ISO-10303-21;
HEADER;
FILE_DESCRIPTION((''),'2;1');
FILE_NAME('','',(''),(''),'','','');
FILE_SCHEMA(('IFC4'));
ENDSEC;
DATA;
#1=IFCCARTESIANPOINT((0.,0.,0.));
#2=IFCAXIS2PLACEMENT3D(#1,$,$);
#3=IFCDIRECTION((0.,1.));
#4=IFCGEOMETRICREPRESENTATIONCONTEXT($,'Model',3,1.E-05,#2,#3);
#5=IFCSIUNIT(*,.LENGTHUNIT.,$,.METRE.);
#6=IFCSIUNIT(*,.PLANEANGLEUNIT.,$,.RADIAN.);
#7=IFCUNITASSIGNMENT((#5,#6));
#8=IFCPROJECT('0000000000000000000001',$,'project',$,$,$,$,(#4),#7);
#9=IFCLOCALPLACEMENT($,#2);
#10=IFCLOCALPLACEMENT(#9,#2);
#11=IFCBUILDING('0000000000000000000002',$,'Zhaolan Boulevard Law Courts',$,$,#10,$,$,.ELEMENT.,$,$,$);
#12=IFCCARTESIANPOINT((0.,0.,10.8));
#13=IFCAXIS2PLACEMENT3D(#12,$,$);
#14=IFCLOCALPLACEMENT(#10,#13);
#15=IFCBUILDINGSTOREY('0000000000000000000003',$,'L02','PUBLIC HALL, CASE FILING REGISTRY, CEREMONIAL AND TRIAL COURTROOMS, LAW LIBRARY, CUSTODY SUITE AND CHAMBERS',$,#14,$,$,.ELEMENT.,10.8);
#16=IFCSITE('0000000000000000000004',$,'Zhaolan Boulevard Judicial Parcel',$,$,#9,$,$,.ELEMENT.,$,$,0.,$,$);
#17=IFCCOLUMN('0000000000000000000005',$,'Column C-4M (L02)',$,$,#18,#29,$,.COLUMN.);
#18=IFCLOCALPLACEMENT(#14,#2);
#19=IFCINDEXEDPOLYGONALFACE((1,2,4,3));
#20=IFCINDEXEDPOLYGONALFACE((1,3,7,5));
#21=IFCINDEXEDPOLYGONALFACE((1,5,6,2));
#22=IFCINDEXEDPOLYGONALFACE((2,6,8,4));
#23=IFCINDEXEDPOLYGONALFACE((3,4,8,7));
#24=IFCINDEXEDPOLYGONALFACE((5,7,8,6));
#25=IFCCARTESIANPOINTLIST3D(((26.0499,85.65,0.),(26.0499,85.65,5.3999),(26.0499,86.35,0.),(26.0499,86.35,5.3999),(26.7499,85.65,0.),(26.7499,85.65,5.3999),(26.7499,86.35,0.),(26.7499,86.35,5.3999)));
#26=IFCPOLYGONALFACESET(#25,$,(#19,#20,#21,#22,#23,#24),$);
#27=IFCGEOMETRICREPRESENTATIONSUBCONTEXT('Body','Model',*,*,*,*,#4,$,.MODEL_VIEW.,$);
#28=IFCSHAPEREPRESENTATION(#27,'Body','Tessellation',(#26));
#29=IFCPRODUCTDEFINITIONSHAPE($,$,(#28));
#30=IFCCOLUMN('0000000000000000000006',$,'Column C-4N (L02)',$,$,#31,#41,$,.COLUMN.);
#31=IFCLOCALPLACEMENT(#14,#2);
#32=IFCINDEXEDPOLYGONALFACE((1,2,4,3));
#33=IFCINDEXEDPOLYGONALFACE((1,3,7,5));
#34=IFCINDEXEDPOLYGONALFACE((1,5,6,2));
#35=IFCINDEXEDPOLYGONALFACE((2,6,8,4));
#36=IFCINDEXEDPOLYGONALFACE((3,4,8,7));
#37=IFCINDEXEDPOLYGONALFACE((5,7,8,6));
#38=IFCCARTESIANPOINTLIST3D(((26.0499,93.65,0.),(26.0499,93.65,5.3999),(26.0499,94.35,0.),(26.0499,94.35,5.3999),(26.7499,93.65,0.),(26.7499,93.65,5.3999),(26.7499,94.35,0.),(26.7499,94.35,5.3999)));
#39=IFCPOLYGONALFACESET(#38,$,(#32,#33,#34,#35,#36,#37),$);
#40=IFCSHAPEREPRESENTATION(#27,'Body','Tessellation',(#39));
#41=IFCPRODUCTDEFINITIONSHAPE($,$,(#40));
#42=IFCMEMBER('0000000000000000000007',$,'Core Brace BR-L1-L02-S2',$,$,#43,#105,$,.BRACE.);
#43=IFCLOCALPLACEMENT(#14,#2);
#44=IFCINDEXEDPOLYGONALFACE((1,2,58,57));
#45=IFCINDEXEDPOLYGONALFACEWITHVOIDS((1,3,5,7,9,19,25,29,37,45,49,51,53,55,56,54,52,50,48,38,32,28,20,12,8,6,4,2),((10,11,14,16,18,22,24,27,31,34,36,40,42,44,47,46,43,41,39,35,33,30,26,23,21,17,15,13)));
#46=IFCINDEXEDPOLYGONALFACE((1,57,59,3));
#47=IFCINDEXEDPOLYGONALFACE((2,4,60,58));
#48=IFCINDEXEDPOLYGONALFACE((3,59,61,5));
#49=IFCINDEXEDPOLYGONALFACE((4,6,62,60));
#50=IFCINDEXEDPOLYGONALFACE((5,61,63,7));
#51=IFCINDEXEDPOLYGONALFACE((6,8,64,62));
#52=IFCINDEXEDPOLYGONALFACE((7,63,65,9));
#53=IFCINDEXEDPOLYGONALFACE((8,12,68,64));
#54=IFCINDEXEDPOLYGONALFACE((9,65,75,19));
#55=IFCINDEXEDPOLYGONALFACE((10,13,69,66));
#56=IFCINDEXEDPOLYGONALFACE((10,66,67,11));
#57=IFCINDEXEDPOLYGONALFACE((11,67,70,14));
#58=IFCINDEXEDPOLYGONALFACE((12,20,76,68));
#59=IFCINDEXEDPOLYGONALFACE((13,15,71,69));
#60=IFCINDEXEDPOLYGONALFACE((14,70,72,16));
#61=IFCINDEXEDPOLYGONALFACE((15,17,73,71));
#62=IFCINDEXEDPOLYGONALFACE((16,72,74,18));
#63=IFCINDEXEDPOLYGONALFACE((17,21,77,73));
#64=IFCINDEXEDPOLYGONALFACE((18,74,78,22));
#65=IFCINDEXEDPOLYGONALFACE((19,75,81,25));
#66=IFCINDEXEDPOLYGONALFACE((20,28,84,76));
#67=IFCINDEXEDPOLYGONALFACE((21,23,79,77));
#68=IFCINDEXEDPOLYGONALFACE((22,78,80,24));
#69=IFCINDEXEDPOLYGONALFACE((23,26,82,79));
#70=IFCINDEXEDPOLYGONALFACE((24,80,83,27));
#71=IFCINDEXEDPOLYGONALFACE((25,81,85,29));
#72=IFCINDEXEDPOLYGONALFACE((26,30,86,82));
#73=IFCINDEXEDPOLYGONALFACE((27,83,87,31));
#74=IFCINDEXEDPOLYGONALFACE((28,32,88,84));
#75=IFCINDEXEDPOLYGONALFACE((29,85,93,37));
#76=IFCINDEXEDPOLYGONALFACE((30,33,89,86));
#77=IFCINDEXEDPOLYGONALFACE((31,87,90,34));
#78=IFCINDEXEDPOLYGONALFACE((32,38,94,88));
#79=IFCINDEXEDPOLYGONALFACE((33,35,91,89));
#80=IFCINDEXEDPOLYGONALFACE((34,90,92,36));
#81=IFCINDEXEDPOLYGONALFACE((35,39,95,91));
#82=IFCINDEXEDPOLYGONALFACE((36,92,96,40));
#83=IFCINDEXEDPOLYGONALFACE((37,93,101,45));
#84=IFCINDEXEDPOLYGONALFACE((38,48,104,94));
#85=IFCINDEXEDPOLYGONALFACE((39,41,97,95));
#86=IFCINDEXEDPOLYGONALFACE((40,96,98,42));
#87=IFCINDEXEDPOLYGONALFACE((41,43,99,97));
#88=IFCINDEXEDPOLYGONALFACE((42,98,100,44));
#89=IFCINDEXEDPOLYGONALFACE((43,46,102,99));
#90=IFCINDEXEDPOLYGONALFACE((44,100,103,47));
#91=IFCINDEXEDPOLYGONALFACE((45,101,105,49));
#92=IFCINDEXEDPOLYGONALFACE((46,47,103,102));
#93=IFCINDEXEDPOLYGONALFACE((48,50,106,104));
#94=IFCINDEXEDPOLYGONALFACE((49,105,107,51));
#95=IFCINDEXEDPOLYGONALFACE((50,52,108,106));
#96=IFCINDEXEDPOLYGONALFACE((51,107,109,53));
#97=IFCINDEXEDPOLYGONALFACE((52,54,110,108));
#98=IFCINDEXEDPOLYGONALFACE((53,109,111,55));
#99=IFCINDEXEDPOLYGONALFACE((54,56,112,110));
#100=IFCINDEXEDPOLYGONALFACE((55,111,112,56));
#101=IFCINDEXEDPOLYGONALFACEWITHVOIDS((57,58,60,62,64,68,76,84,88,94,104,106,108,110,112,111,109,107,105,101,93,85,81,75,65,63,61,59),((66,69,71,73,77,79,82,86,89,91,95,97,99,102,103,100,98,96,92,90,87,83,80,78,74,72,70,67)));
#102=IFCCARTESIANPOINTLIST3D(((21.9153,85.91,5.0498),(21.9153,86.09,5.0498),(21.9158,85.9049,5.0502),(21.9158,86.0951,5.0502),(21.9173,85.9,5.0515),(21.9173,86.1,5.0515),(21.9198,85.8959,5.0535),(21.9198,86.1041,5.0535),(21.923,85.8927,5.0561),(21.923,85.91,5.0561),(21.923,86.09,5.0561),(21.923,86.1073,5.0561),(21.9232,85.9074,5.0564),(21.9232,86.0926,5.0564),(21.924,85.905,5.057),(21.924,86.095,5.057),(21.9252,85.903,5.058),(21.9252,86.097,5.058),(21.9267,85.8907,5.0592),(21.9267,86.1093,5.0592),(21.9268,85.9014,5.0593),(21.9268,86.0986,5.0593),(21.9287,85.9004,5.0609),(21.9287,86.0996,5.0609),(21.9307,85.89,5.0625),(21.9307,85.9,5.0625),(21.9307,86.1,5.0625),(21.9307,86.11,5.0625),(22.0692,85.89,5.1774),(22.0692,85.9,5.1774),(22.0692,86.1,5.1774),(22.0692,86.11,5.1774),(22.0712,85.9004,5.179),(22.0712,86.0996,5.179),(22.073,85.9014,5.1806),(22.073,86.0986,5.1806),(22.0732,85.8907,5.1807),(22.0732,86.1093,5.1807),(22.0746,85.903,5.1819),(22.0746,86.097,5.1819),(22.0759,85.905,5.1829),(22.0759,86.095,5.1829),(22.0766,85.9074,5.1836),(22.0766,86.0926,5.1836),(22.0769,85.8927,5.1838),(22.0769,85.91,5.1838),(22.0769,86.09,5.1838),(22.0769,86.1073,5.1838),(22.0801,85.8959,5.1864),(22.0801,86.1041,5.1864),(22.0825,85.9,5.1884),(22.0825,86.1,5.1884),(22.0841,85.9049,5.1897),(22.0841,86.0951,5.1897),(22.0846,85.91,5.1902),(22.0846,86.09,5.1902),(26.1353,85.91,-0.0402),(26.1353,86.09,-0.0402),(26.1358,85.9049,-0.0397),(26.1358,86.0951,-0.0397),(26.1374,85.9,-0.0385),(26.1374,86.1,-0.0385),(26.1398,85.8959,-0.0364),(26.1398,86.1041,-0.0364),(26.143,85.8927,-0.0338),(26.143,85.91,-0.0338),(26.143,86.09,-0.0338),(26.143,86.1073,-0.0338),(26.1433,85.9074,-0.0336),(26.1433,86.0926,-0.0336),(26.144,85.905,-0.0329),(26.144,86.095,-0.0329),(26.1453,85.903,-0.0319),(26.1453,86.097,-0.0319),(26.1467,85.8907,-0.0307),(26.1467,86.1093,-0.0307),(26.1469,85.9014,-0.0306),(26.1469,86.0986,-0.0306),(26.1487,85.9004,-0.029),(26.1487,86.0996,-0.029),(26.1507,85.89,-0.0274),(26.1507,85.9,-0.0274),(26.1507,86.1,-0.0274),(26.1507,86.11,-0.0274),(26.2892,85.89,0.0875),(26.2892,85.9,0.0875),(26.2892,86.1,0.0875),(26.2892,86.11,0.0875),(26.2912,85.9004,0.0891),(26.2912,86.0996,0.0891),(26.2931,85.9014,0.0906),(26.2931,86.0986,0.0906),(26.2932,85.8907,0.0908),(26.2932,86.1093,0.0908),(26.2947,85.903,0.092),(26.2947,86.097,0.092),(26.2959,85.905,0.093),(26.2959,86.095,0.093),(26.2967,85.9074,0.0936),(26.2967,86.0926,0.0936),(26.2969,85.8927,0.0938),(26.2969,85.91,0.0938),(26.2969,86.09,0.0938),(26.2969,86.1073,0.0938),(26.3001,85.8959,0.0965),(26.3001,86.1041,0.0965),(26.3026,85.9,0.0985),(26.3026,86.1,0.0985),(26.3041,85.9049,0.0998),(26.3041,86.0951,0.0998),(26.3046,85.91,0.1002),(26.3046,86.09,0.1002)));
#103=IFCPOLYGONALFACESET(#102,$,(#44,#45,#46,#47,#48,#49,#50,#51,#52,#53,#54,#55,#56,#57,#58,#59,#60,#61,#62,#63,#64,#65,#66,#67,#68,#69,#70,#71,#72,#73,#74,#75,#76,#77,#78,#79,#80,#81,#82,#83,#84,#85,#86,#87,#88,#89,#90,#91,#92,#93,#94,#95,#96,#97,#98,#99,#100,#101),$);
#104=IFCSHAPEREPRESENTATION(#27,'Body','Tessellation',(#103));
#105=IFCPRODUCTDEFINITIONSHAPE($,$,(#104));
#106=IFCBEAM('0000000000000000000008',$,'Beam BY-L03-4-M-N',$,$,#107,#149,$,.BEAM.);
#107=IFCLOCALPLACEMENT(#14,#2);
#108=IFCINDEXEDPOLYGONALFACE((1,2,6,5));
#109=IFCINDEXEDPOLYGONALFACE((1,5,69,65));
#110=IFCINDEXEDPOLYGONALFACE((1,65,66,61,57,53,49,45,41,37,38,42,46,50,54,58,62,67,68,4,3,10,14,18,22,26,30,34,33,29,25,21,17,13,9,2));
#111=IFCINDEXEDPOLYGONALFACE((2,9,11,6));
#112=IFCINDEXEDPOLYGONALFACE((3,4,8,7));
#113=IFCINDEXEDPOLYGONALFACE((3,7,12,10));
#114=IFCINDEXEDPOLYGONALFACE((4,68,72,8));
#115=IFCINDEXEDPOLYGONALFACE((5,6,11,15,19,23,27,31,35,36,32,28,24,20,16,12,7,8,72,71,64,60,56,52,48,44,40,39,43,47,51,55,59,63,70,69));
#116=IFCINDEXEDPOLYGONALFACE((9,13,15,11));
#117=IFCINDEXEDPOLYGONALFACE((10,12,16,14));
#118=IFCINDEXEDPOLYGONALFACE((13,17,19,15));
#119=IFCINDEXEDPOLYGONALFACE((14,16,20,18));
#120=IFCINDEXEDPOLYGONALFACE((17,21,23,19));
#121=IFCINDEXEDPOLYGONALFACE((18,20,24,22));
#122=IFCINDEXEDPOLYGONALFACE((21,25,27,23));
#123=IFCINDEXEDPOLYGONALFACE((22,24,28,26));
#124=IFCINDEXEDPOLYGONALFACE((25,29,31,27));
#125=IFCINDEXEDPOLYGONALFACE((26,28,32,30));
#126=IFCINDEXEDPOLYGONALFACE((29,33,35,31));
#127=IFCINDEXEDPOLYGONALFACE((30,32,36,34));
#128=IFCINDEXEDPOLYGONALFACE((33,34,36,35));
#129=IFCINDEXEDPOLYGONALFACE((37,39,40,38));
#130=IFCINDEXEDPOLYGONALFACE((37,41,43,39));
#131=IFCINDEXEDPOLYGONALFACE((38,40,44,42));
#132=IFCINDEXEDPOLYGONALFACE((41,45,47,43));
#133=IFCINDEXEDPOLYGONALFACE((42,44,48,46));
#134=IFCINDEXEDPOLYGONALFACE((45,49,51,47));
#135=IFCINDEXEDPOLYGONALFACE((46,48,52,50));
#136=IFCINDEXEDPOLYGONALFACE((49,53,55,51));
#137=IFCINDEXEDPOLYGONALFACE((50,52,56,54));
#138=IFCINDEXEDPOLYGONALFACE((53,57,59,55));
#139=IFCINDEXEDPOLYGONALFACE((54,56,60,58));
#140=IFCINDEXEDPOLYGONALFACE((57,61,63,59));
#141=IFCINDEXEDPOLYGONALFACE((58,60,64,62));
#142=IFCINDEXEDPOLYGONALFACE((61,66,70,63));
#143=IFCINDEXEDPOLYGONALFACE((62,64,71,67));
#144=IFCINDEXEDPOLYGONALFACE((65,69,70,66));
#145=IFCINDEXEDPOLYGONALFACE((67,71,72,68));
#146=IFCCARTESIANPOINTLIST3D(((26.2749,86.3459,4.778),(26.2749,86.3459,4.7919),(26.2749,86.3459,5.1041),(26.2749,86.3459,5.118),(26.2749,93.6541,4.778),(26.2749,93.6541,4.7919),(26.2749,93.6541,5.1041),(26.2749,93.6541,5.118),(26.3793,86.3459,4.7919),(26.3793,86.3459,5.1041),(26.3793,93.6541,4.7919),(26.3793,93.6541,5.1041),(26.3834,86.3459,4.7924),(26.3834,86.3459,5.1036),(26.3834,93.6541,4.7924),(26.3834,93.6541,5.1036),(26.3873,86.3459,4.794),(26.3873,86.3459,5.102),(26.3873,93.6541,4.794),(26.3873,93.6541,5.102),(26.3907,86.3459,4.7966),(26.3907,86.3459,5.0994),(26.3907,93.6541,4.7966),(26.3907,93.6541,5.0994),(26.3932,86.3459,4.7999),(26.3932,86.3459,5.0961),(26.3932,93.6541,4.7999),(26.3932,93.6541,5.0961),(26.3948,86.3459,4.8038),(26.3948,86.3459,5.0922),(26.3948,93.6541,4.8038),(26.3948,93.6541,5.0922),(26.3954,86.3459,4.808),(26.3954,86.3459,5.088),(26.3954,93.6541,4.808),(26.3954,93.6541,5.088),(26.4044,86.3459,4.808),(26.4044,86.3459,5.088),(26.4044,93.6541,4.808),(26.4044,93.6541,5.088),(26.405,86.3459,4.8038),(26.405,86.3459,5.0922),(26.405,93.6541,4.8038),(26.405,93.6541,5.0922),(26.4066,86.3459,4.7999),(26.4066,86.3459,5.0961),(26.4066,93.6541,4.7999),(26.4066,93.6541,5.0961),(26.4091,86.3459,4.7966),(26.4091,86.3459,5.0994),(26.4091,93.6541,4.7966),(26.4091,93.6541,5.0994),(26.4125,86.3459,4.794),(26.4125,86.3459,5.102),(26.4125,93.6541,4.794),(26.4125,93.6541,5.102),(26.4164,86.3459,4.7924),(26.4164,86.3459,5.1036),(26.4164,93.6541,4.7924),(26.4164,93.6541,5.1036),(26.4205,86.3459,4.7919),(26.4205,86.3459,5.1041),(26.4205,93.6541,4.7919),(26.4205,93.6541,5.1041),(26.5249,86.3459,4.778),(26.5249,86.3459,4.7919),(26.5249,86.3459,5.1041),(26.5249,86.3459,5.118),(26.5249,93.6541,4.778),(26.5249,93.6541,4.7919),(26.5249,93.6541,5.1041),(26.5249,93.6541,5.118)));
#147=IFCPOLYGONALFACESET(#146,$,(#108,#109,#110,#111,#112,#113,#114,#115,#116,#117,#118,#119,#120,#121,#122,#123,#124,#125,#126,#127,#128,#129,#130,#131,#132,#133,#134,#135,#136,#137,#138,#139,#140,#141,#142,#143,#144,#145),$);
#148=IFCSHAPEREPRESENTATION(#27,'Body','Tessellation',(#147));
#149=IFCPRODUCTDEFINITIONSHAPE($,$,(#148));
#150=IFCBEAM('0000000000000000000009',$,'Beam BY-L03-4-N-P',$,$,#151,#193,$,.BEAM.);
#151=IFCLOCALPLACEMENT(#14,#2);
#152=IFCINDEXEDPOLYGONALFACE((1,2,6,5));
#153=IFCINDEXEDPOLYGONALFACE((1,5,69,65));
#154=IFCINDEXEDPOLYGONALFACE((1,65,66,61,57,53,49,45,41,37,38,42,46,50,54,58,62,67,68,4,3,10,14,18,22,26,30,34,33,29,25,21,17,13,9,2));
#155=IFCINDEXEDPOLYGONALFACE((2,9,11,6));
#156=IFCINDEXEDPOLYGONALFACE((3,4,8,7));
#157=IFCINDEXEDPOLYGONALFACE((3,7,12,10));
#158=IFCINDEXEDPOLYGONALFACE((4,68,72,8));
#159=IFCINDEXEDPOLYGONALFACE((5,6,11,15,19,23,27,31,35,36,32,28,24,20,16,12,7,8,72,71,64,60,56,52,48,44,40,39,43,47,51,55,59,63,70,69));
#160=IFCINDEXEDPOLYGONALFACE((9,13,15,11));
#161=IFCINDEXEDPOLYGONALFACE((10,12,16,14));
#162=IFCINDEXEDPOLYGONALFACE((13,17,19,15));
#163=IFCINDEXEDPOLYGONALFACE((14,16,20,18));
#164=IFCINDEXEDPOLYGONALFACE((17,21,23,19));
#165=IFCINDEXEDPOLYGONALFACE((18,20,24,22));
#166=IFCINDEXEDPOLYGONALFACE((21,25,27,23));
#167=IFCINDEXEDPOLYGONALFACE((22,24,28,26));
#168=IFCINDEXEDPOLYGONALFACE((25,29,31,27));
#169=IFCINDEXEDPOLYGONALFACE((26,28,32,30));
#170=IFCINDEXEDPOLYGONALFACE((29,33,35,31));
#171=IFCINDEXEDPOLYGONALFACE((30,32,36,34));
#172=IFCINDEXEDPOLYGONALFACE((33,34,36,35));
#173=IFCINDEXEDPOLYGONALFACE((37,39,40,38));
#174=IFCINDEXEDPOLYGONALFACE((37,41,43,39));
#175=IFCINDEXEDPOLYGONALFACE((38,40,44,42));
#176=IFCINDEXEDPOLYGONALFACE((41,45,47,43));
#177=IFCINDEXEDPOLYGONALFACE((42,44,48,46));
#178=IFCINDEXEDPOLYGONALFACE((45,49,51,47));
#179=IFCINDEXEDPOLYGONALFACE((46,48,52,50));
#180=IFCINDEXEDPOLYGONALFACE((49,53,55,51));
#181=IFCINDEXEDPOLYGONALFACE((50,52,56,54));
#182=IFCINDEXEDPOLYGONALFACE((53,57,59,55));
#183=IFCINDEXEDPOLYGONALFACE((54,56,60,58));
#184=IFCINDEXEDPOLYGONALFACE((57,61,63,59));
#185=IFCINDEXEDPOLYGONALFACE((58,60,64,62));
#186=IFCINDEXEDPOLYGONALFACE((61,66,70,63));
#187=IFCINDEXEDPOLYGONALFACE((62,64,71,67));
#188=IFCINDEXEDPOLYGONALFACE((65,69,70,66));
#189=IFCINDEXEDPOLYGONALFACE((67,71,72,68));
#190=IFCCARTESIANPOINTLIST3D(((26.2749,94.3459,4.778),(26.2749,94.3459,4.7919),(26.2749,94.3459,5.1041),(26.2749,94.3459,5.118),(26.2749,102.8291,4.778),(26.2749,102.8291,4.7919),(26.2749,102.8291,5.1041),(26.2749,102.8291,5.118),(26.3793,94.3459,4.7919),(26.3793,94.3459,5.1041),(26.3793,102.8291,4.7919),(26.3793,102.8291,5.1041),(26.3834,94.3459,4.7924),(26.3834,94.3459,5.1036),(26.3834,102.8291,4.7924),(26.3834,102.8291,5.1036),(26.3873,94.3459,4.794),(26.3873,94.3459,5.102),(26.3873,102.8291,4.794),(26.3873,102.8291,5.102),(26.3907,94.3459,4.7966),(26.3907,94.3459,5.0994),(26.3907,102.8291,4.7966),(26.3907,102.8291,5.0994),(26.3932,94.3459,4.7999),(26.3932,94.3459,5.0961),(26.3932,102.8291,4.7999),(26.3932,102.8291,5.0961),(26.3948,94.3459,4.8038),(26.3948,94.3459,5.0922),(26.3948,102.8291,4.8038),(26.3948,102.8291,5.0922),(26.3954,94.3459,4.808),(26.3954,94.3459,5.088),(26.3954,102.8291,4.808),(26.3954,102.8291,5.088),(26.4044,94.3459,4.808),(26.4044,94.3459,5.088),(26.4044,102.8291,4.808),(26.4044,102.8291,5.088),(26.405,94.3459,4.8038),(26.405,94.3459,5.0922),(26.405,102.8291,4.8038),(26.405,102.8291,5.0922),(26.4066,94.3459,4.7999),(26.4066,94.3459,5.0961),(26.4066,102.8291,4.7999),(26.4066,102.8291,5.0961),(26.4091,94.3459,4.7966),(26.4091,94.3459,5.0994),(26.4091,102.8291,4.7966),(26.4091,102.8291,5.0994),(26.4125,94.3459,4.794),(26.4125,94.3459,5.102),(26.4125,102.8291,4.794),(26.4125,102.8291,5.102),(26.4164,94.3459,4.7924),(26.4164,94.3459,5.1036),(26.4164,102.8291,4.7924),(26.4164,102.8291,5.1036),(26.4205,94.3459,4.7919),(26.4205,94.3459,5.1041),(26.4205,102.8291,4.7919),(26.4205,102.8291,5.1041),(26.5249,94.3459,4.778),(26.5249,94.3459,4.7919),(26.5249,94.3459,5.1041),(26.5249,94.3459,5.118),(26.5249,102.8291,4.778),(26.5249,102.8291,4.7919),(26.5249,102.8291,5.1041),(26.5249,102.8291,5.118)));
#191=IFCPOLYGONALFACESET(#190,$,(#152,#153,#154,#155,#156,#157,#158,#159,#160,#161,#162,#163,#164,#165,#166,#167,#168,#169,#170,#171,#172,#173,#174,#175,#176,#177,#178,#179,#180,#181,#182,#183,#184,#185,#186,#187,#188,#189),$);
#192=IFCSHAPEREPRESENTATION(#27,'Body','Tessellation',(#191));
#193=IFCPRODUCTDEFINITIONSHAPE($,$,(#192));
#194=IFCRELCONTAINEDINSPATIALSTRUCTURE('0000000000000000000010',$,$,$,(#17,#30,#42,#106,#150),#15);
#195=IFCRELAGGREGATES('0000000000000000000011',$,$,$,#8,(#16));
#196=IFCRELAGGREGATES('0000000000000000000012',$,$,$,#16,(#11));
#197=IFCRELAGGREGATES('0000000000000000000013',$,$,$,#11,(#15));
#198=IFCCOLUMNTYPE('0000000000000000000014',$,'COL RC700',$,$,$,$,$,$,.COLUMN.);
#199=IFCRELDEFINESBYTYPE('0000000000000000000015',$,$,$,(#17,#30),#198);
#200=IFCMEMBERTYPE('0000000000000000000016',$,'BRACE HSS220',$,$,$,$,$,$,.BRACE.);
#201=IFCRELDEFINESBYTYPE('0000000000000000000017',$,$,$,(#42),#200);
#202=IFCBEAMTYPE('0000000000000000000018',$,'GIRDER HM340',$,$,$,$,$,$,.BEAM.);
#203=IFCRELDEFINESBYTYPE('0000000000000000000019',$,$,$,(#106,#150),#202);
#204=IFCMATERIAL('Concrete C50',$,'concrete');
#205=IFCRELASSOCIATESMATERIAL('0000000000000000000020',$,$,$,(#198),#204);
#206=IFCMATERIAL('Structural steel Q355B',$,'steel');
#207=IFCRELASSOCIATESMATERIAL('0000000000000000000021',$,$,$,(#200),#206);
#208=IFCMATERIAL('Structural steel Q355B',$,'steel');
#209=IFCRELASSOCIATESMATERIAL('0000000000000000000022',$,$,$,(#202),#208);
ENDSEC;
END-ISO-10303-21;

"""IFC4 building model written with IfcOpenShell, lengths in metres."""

from ifc_helpers import new_model, si_unit, direction, frame, origin, origin_2d, place, context, subcontext, project, spatial, rectangle, hollow_rectangle, i_section, extrude, material, material_profile, profile_set, type_object, element, save


model = new_model("IFC4")

# Units and contexts
model_context = context("Model", 3, precision=1e-05, world=origin(), true_north=direction((0.0, 1.0)))
body_context = subcontext(model_context, "Body", "Model", "MODEL_VIEW")
ifc_project = project(units=[si_unit("LENGTHUNIT", "METRE"), si_unit("PLANEANGLEUNIT", "RADIAN")], contexts=[model_context])

# Site, building, storey
site_placement = place(None, origin())
site = spatial("IfcSite", under=ifc_project, at=site_placement, Name="Zhaolan Boulevard Judicial Parcel", CompositionType="ELEMENT", RefElevation=0.0)
building_placement = place(site_placement, origin())
building = spatial("IfcBuilding", under=site, at=building_placement, Name="Zhaolan Boulevard Law Courts", CompositionType="ELEMENT")
storey_placement = place(building_placement, frame((0.0, 0.0, 10.8)))
storey = spatial("IfcBuildingStorey", under=building, at=storey_placement, Name="L02", Description="PUBLIC HALL, CASE FILING REGISTRY, CEREMONIAL AND TRIAL COURTROOMS, LAW LIBRARY, CUSTODY SUITE AND CHAMBERS", CompositionType="ELEMENT", Elevation=10.8)

# Columns
ifc_material_1 = material(Name="Concrete C50", Category="concrete")
ifc_material_profile_1 = material_profile(ifc_material_1, rectangle(XDim=0.7, YDim=0.7, at=origin_2d()), Name="RC700x700")
ifc_profile_set_1 = profile_set([ifc_material_profile_1], Name="Concrete C50")
column_type = type_object("IfcColumnType", Name="COL RC700", PredefinedType="COLUMN", material=ifc_profile_set_1)
for number, where, z_axis, x_axis, name in (
    (1, (26.3999, 86.0, 0.0), (0.0, 0.0, 1.0), (1.0, 0.0, 0.0), "Column C-4M (L02)"),
    (2, (26.3999, 94.0, 0.0), (0.0, 0.0, 1.0), (1.0, 0.0, 0.0), "Column C-4N (L02)"),
):
    element("IfcColumn", number, at=place(storey_placement, frame(where, z_axis=z_axis, x_axis=x_axis)), inside=storey, type_object=column_type, Name=name, PredefinedType="COLUMN", context=body_context, shape_type="SweptSolid", body=[
        extrude(rectangle(XDim=0.7, YDim=0.7, at=origin_2d()), origin(), (0.0, 0.0, 1.0), 5.3999),
    ])

# Member
ifc_material_2 = material(Name="Structural steel Q355B", Category="steel")
ifc_material_profile_2 = material_profile(ifc_material_2, hollow_rectangle(XDim=0.22, YDim=0.22, WallThickness=0.01, InnerFilletRadius=0.01, OuterFilletRadius=0.02, at=origin_2d()), Name="HSS220x220x10")
ifc_profile_set_2 = profile_set([ifc_material_profile_2], Name="Structural steel Q355B")
member_type_1 = type_object("IfcMemberType", Name="BRACE HSS220", PredefinedType="BRACE", material=ifc_profile_set_2)
member_1_placement = place(storey_placement, frame((26.22, 86.0, 0.03), z_axis=(-0.638257, 0.0, 0.769823), x_axis=(0.0, -1.0, 0.0)))
element("IfcMember", 3, at=member_1_placement, inside=storey, type_object=member_type_1, Name="Core Brace BR-L1-L02-S2", PredefinedType="BRACE", context=body_context, shape_type="SweptSolid", body=[
    extrude(hollow_rectangle(XDim=0.22, YDim=0.22, WallThickness=0.01, InnerFilletRadius=0.01, OuterFilletRadius=0.02, at=origin_2d()), origin(), (0.0, 0.0, 1.0), 6.6118),
])

# Beams
ifc_material_3 = material(Name="Structural steel Q355B", Category="steel")
ifc_material_profile_3 = material_profile(ifc_material_3, i_section(OverallWidth=0.25, OverallDepth=0.3401, WebThickness=0.009, FlangeThickness=0.0139, FilletRadius=0.0161, at=origin_2d()), Name="HM340x250")
ifc_profile_set_3 = profile_set([ifc_material_profile_3], Name="Structural steel Q355B")
beam_type_1 = type_object("IfcBeamType", Name="GIRDER HM340", PredefinedType="BEAM", material=ifc_profile_set_3)
beam_1_placement = place(storey_placement, frame((26.3999, 86.3459, 4.948), z_axis=(0.0, 1.0, 0.0), x_axis=(-1.0, 0.0, 0.0)))
element("IfcBeam", 4, at=beam_1_placement, inside=storey, type_object=beam_type_1, Name="Beam BY-L03-4-M-N", PredefinedType="BEAM", context=body_context, shape_type="SweptSolid", body=[
    extrude(i_section(OverallWidth=0.25, OverallDepth=0.3401, WebThickness=0.009, FlangeThickness=0.0139, FilletRadius=0.0161, at=origin_2d()), origin(), (0.0, 0.0, 1.0), 7.3081),
])
beam_2_placement = place(storey_placement, frame((26.3999, 94.3459, 4.948), z_axis=(0.0, 1.0, 0.0), x_axis=(-1.0, 0.0, 0.0)))
element("IfcBeam", 5, at=beam_2_placement, inside=storey, type_object=beam_type_1, Name="Beam BY-L03-4-N-P", PredefinedType="BEAM", context=body_context, shape_type="SweptSolid", body=[
    extrude(i_section(OverallWidth=0.25, OverallDepth=0.3401, WebThickness=0.009, FlangeThickness=0.0139, FilletRadius=0.0161, at=origin_2d()), origin(), (0.0, 0.0, 1.0), 8.4832),
])

save(model, "model.ifc")
